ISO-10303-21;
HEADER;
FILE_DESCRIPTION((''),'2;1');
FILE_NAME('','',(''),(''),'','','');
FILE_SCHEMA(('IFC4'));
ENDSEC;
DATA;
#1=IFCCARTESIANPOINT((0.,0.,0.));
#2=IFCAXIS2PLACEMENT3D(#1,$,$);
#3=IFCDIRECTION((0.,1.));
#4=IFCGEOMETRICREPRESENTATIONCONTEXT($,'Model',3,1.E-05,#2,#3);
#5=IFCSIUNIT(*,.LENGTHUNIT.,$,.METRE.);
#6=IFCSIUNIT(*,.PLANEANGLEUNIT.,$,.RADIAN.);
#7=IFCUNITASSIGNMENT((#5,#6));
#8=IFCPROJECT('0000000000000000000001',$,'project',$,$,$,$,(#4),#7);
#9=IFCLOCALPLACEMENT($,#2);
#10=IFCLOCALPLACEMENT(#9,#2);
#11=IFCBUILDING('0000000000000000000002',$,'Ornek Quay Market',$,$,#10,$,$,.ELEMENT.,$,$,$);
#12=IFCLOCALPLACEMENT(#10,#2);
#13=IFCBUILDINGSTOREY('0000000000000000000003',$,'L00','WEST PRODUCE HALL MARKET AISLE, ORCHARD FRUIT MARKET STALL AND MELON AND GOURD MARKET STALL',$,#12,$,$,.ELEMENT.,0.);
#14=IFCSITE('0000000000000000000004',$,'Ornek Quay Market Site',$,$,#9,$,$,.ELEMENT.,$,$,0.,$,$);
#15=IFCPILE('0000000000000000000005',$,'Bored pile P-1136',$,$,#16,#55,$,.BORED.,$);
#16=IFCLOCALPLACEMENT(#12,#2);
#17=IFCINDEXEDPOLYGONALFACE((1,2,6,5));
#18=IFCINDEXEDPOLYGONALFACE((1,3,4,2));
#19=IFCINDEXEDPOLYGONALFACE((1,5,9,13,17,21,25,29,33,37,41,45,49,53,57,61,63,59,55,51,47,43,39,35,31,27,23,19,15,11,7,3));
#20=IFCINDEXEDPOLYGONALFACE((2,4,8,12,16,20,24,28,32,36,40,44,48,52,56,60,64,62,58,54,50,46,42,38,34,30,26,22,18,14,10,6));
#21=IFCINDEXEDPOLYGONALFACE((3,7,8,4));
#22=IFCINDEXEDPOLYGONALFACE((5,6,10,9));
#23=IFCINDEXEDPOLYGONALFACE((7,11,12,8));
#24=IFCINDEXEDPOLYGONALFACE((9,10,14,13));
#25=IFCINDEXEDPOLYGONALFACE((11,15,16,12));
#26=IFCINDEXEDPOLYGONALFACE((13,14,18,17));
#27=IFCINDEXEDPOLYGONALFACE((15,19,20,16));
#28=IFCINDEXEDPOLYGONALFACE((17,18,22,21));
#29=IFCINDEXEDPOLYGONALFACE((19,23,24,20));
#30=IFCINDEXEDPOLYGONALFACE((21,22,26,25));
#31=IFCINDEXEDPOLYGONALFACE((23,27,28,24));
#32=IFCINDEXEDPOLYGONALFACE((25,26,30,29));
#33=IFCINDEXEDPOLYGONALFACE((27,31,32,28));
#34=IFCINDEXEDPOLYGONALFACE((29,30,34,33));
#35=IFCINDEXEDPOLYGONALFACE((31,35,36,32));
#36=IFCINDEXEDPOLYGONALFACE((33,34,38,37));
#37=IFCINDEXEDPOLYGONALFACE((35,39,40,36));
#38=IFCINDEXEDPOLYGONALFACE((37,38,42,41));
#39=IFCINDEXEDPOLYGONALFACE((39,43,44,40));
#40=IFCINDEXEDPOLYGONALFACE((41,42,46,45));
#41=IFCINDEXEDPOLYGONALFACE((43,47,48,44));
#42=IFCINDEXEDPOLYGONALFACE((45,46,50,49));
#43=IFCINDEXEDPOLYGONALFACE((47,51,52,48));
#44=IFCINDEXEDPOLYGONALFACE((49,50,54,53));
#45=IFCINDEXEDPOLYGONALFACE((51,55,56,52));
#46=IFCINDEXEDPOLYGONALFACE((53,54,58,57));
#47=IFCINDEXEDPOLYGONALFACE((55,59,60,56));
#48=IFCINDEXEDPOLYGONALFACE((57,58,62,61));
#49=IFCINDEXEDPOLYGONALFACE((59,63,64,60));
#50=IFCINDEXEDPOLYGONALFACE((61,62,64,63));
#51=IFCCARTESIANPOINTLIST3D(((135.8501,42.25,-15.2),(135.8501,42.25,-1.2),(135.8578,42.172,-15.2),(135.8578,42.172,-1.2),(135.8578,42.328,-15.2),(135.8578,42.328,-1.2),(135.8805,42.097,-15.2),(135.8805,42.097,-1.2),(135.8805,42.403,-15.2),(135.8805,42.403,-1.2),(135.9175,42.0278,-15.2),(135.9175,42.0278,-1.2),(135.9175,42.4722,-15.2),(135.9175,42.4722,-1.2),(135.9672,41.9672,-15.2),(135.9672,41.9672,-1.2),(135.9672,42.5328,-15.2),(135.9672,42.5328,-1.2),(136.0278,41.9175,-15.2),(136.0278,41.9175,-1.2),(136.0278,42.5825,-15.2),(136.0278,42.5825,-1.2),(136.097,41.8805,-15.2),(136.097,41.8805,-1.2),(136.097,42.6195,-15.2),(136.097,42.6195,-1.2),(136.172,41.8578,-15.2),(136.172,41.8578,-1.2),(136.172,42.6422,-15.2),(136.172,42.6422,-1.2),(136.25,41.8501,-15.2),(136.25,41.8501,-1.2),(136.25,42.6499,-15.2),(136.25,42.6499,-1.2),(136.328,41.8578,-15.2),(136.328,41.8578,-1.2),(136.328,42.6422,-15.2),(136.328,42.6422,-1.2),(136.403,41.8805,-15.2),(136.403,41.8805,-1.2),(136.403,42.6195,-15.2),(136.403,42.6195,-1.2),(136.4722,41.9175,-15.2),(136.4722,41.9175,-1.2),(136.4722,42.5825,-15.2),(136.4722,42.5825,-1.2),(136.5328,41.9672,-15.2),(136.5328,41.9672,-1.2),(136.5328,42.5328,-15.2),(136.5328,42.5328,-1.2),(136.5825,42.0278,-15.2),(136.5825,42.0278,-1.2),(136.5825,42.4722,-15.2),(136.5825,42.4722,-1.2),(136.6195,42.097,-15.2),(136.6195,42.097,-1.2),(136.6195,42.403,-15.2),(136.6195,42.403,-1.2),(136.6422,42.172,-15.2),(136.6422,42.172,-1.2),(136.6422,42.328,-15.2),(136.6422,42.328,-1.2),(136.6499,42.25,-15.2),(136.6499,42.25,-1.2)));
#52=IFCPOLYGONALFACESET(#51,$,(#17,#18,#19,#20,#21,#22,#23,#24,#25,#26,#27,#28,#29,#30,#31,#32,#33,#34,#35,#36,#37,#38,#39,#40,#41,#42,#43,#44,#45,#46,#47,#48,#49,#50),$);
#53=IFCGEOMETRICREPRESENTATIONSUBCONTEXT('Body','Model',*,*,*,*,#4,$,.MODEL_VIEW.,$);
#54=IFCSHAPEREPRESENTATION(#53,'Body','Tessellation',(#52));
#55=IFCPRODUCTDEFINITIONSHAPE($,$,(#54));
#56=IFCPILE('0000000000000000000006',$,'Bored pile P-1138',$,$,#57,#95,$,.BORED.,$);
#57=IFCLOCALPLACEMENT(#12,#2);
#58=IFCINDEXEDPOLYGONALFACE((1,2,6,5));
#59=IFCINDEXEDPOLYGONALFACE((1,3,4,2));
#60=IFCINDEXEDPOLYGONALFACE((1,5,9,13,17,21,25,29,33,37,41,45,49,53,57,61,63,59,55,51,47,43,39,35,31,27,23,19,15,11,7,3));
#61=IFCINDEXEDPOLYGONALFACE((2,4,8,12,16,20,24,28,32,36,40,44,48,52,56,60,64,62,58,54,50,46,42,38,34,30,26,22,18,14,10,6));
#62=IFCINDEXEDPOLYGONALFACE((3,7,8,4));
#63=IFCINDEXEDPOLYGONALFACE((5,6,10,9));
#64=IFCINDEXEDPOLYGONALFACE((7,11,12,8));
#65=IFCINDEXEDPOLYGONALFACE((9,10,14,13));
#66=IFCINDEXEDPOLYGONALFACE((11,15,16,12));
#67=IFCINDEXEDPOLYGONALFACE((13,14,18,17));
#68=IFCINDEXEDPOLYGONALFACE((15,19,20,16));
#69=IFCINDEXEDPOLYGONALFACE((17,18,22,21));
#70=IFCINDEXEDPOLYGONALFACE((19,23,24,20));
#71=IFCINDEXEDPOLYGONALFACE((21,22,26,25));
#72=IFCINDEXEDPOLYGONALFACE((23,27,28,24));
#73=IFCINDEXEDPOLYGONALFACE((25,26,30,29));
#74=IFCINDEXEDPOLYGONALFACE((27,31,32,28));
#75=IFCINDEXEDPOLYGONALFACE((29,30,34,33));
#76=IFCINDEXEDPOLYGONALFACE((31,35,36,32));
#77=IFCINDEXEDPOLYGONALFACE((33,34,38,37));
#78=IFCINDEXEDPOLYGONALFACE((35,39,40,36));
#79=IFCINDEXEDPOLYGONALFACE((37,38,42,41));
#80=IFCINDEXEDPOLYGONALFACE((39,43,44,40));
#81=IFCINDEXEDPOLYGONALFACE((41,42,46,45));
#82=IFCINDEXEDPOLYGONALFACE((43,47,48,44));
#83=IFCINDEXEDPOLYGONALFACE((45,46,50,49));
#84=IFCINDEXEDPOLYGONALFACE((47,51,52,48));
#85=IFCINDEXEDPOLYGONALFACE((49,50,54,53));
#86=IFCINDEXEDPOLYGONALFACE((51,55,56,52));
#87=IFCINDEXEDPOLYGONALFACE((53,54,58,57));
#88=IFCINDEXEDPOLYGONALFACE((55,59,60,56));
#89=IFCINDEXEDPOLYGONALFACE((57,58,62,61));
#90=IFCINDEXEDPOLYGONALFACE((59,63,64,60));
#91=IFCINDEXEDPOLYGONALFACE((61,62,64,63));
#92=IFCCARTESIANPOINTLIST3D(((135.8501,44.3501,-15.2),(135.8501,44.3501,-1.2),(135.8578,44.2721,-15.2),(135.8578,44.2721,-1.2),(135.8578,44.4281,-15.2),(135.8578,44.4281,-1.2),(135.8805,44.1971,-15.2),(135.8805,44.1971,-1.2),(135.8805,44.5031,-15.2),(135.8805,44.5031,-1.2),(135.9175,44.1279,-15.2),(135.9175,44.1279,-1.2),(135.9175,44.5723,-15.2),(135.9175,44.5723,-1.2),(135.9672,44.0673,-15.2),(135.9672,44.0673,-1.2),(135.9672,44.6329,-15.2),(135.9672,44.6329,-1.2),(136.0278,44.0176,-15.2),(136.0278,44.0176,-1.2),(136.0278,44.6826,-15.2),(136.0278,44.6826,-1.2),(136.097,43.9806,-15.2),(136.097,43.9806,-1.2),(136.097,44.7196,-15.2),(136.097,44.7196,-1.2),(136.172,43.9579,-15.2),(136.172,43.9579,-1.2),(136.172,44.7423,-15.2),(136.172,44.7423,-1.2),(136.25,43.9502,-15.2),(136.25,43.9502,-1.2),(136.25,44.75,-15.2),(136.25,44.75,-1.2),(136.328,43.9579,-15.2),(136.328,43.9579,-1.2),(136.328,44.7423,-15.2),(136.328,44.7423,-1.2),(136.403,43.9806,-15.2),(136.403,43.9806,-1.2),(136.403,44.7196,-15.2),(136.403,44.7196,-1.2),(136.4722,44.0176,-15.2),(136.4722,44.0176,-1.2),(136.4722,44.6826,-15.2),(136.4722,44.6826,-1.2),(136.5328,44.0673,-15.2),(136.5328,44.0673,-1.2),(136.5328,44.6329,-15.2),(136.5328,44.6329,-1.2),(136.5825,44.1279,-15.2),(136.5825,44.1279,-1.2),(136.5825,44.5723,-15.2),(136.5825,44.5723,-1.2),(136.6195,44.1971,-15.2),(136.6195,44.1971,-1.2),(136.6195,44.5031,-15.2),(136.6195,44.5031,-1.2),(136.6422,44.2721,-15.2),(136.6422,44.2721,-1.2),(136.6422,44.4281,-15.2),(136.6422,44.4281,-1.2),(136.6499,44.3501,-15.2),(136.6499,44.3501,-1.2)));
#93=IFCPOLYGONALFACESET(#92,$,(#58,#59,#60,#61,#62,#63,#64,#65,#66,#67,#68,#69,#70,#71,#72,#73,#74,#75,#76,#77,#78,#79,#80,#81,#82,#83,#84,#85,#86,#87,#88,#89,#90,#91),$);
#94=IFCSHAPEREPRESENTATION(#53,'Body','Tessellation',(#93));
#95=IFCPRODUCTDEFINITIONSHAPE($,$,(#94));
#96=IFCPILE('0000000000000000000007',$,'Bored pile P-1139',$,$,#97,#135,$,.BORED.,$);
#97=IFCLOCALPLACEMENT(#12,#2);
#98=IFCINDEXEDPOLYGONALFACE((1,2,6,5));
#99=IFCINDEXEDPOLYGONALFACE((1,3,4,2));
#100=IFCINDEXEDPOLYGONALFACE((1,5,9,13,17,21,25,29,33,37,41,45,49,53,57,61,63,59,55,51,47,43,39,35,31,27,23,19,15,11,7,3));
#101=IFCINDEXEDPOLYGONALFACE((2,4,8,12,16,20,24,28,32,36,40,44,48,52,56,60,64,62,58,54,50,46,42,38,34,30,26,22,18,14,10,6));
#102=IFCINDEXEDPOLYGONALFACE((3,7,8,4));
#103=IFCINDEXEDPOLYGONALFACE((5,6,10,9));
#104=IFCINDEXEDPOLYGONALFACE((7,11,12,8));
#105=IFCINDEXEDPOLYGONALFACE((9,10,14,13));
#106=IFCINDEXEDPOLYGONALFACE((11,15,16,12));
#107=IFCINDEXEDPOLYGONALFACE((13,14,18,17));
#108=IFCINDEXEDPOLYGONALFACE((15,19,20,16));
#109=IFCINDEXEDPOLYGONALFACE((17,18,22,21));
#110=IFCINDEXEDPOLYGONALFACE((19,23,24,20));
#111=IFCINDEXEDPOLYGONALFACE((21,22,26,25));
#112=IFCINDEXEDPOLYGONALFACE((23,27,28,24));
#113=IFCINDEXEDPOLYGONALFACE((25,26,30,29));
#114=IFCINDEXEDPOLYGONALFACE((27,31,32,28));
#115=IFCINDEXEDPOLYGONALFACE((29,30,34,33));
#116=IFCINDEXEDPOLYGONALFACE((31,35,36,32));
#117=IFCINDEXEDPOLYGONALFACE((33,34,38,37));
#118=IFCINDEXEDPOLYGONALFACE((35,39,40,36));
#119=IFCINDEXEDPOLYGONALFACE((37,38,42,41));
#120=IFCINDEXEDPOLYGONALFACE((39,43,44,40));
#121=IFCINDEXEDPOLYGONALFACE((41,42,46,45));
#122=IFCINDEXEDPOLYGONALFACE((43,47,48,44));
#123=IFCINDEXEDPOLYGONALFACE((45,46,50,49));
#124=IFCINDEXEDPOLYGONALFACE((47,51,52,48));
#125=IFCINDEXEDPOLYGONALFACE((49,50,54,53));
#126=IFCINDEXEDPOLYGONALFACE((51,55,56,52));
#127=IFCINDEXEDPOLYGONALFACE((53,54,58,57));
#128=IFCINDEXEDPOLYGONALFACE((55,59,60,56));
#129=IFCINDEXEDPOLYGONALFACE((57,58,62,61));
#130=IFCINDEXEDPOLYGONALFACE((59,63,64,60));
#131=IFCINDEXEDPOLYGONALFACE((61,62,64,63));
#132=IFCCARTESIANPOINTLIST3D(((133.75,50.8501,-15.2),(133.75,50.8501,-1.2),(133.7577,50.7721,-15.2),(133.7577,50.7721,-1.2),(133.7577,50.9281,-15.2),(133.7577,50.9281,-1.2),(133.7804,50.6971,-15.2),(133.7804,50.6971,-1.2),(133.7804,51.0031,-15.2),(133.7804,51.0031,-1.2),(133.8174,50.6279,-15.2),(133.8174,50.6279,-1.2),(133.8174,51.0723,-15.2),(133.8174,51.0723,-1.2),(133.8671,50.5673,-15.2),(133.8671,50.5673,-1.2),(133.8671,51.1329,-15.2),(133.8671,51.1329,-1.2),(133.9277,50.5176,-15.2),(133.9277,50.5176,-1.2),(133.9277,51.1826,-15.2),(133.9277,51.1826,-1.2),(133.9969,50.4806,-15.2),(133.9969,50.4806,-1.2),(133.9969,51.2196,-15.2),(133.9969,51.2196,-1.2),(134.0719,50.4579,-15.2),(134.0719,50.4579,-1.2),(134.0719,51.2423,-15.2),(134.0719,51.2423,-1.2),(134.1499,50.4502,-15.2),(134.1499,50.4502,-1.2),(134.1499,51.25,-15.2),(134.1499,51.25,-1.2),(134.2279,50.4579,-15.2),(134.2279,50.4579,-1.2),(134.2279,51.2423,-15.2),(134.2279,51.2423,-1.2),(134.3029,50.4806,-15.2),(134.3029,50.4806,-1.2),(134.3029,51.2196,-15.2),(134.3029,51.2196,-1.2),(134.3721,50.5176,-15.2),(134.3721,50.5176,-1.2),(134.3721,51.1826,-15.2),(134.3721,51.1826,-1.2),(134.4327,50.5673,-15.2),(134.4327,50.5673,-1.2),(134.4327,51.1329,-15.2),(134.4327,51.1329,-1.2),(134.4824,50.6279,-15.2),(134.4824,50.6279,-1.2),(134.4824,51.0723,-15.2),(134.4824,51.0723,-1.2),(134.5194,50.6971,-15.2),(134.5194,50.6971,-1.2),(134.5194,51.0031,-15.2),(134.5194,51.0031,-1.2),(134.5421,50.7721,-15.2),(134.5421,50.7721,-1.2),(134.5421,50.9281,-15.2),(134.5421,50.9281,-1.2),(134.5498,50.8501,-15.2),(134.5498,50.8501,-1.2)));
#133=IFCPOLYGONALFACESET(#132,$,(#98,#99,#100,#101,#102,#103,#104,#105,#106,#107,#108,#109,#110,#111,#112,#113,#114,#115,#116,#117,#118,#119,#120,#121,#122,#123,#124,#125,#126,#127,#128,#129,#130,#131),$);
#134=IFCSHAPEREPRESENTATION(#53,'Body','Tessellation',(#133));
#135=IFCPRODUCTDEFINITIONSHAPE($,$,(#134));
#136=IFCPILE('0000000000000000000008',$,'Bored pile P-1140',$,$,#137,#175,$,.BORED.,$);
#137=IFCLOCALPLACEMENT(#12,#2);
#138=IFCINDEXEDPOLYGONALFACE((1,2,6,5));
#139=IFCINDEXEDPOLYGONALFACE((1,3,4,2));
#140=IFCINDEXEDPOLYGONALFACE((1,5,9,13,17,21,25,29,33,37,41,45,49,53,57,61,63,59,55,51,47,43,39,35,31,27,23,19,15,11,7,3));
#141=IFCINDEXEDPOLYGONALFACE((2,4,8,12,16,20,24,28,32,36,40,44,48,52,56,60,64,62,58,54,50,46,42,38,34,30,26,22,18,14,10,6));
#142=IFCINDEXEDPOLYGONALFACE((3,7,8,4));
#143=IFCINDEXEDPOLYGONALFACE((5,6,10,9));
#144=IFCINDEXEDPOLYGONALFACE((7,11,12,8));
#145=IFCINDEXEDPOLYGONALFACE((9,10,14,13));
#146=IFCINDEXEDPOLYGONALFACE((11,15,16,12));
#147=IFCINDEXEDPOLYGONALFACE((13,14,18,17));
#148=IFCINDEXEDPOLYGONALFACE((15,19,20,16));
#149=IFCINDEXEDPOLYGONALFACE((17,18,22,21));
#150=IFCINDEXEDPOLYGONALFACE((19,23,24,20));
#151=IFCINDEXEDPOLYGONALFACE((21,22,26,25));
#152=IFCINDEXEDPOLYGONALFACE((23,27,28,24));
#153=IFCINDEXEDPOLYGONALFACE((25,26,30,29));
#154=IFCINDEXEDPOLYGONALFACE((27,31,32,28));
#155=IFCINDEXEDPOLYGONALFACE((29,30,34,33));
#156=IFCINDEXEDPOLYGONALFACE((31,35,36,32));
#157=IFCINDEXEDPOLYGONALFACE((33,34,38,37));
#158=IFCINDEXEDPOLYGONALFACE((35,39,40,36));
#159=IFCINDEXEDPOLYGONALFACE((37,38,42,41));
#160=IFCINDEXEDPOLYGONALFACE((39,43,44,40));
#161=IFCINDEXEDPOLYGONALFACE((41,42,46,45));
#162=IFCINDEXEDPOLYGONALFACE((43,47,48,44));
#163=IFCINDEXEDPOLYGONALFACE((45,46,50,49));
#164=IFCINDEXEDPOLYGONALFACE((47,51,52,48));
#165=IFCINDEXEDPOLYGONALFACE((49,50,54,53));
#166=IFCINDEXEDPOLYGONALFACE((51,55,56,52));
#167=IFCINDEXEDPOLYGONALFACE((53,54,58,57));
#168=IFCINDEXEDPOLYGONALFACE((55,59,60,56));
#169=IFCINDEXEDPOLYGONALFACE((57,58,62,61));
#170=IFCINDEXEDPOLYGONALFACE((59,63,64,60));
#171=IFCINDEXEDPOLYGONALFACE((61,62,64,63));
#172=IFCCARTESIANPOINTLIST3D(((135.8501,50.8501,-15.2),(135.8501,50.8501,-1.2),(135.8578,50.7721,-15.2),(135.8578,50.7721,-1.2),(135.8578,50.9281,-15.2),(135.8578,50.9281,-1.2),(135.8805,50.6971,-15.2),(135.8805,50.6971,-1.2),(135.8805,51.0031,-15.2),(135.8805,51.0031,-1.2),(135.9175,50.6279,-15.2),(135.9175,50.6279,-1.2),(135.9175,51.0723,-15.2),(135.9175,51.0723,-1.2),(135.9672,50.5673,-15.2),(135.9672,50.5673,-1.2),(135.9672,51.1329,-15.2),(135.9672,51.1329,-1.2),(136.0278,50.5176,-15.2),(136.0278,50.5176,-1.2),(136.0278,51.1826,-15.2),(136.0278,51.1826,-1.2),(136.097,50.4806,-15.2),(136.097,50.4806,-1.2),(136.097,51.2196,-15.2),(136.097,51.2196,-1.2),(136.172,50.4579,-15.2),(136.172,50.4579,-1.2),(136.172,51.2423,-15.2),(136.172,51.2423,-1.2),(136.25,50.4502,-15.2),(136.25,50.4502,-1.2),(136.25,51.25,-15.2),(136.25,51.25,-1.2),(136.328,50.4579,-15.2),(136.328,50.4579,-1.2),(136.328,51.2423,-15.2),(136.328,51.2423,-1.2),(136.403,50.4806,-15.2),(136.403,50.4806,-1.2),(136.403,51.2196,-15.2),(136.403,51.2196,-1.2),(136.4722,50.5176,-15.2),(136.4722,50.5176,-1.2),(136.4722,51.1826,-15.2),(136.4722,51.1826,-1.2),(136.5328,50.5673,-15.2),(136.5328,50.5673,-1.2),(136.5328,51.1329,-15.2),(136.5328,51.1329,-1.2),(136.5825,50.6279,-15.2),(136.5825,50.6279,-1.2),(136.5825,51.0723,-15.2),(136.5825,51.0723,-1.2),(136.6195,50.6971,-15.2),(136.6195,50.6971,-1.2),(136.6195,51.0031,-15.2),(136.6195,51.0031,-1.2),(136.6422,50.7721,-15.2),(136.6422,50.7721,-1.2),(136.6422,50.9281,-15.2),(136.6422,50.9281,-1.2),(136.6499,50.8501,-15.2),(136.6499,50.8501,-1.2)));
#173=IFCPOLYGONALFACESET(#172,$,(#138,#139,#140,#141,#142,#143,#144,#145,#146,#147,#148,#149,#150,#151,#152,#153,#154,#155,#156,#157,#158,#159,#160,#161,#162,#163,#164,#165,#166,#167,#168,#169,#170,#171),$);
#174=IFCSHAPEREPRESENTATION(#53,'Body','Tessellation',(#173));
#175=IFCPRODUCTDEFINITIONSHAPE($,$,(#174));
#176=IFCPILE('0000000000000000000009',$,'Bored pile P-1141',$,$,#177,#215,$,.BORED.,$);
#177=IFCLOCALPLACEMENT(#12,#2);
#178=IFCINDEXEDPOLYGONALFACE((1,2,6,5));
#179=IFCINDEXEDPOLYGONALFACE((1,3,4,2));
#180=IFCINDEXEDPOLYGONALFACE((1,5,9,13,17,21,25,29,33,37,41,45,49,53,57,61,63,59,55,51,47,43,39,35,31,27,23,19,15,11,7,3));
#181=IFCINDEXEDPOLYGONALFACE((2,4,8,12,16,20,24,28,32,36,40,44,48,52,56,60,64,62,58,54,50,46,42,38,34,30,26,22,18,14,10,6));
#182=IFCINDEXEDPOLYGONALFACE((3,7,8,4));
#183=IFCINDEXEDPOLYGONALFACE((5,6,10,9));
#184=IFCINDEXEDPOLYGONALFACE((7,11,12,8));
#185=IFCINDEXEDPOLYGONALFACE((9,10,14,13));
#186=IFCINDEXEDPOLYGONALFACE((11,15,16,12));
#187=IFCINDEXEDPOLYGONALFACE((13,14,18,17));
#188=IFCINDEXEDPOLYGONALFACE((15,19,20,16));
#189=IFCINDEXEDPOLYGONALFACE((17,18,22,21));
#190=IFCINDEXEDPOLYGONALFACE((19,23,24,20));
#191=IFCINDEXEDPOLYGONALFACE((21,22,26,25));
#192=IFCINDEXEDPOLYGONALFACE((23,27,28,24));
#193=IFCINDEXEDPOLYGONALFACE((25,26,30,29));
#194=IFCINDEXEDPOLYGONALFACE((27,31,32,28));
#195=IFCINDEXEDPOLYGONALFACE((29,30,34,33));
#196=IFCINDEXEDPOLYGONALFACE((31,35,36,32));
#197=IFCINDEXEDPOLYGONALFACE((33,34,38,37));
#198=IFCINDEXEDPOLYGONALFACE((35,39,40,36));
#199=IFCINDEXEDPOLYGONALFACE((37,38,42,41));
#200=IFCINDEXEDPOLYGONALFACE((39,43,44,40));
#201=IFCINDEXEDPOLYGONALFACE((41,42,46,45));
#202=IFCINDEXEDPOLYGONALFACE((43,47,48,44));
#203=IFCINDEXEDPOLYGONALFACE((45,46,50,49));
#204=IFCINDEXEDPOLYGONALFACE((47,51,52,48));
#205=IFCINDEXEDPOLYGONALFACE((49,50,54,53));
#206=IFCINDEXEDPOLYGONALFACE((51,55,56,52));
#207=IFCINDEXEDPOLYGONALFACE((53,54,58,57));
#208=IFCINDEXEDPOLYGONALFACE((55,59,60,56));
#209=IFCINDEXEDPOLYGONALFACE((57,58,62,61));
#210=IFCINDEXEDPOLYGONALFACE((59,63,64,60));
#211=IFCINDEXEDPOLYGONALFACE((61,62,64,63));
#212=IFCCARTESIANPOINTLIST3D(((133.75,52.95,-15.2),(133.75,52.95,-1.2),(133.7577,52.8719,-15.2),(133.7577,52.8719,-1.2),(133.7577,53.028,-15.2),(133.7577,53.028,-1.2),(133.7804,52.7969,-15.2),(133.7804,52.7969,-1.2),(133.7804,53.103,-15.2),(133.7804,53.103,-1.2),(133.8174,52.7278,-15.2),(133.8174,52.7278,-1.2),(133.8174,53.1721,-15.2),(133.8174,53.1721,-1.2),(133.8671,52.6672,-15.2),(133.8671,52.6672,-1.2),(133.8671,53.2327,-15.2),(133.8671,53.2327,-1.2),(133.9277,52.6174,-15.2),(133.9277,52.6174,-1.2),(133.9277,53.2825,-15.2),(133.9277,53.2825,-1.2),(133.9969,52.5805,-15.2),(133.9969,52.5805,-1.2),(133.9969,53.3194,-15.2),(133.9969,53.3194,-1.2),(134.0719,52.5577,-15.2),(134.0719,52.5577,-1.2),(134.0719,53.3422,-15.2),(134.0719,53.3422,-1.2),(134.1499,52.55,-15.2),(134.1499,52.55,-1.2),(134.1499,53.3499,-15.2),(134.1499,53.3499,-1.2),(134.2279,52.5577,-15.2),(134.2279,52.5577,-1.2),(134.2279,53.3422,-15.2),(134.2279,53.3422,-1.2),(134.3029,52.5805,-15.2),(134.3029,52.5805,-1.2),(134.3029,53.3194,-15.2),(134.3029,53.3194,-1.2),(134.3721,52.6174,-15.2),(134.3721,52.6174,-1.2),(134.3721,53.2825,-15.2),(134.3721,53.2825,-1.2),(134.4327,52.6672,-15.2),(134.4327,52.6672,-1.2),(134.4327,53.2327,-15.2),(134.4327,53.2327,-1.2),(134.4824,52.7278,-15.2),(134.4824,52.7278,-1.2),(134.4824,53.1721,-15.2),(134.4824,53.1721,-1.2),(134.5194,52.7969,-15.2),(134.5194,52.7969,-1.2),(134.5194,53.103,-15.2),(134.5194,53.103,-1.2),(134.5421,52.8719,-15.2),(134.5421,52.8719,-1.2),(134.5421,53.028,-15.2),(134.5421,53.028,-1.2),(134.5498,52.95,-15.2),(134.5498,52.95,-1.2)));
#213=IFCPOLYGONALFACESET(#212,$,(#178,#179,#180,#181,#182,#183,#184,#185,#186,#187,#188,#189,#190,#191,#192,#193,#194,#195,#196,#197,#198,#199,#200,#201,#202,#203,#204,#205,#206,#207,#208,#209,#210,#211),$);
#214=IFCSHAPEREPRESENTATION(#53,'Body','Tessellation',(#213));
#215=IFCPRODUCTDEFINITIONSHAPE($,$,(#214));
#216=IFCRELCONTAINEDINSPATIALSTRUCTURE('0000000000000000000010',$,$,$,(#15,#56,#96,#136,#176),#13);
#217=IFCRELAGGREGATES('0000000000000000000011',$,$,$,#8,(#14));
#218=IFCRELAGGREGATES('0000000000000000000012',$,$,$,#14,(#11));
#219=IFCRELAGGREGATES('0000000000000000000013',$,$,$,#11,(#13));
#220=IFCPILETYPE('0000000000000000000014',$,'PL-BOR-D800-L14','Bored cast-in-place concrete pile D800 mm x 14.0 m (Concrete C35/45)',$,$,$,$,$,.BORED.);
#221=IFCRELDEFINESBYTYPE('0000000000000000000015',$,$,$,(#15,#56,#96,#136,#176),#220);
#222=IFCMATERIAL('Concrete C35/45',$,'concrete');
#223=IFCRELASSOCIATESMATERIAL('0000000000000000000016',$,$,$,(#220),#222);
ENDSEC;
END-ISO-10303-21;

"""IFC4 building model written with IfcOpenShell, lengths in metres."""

from ifc_helpers import new_model, si_unit, direction, frame, origin, origin_2d, place, context, subcontext, project, spatial, circle, extrude, material, material_profile, profile_set, type_object, element, save


model = new_model("IFC4")

# Units and contexts
model_context = context("Model", 3, precision=1e-05, world=origin(), true_north=direction((0.0, 1.0)))
body_context = subcontext(model_context, "Body", "Model", "MODEL_VIEW")
ifc_project = project(units=[si_unit("LENGTHUNIT", "METRE"), si_unit("PLANEANGLEUNIT", "RADIAN")], contexts=[model_context])

# Site, building, storey
site_placement = place(None, origin())
site = spatial("IfcSite", under=ifc_project, at=site_placement, Name="Ornek Quay Market Site", CompositionType="ELEMENT", RefElevation=0.0)
building_placement = place(site_placement, origin())
building = spatial("IfcBuilding", under=site, at=building_placement, Name="Ornek Quay Market", CompositionType="ELEMENT")
storey_placement = place(building_placement, origin())
storey = spatial("IfcBuildingStorey", under=building, at=storey_placement, Name="L00", Description="WEST PRODUCE HALL MARKET AISLE, ORCHARD FRUIT MARKET STALL AND MELON AND GOURD MARKET STALL", CompositionType="ELEMENT", Elevation=0.0)

# Piles
ifc_material_1 = material(Name="Concrete C35/45", Category="concrete")
ifc_material_profile_1 = material_profile(ifc_material_1, circle(Radius=0.3999, at=origin_2d()), Name="PILE D800", Category="concrete")
ifc_profile_set_1 = profile_set([ifc_material_profile_1], Name="Concrete C35/45")
pile_type = type_object("IfcPileType", Name="PL-BOR-D800-L14", Description="Bored cast-in-place concrete pile D800 mm x 14.0 m (Concrete C35/45)", PredefinedType="BORED", material=ifc_profile_set_1)
for number, where, z_axis, x_axis, name in (
    (1, (136.25, 42.25, -1.2), (0.0, 0.0, -1.0), (1.0, 0.0, 0.0), "Bored pile P-1136"),
    (2, (136.25, 44.3501, -1.2), (0.0, 0.0, -1.0), (1.0, 0.0, 0.0), "Bored pile P-1138"),
    (3, (134.1499, 50.8501, -1.2), (0.0, 0.0, -1.0), (1.0, 0.0, 0.0), "Bored pile P-1139"),
    (4, (136.25, 50.8501, -1.2), (0.0, 0.0, -1.0), (1.0, 0.0, 0.0), "Bored pile P-1140"),
    (5, (134.1499, 52.95, -1.2), (0.0, 0.0, -1.0), (1.0, 0.0, 0.0), "Bored pile P-1141"),
):
    element("IfcPile", number, at=place(storey_placement, frame(where, z_axis=z_axis, x_axis=x_axis)), inside=storey, type_object=pile_type, Name=name, PredefinedType="BORED", context=body_context, shape_type="SweptSolid", body=[
        extrude(circle(Radius=0.3999, at=origin_2d()), origin(), (0.0, 0.0, 1.0), 14.0),
    ])

save(model, "model.ifc")
